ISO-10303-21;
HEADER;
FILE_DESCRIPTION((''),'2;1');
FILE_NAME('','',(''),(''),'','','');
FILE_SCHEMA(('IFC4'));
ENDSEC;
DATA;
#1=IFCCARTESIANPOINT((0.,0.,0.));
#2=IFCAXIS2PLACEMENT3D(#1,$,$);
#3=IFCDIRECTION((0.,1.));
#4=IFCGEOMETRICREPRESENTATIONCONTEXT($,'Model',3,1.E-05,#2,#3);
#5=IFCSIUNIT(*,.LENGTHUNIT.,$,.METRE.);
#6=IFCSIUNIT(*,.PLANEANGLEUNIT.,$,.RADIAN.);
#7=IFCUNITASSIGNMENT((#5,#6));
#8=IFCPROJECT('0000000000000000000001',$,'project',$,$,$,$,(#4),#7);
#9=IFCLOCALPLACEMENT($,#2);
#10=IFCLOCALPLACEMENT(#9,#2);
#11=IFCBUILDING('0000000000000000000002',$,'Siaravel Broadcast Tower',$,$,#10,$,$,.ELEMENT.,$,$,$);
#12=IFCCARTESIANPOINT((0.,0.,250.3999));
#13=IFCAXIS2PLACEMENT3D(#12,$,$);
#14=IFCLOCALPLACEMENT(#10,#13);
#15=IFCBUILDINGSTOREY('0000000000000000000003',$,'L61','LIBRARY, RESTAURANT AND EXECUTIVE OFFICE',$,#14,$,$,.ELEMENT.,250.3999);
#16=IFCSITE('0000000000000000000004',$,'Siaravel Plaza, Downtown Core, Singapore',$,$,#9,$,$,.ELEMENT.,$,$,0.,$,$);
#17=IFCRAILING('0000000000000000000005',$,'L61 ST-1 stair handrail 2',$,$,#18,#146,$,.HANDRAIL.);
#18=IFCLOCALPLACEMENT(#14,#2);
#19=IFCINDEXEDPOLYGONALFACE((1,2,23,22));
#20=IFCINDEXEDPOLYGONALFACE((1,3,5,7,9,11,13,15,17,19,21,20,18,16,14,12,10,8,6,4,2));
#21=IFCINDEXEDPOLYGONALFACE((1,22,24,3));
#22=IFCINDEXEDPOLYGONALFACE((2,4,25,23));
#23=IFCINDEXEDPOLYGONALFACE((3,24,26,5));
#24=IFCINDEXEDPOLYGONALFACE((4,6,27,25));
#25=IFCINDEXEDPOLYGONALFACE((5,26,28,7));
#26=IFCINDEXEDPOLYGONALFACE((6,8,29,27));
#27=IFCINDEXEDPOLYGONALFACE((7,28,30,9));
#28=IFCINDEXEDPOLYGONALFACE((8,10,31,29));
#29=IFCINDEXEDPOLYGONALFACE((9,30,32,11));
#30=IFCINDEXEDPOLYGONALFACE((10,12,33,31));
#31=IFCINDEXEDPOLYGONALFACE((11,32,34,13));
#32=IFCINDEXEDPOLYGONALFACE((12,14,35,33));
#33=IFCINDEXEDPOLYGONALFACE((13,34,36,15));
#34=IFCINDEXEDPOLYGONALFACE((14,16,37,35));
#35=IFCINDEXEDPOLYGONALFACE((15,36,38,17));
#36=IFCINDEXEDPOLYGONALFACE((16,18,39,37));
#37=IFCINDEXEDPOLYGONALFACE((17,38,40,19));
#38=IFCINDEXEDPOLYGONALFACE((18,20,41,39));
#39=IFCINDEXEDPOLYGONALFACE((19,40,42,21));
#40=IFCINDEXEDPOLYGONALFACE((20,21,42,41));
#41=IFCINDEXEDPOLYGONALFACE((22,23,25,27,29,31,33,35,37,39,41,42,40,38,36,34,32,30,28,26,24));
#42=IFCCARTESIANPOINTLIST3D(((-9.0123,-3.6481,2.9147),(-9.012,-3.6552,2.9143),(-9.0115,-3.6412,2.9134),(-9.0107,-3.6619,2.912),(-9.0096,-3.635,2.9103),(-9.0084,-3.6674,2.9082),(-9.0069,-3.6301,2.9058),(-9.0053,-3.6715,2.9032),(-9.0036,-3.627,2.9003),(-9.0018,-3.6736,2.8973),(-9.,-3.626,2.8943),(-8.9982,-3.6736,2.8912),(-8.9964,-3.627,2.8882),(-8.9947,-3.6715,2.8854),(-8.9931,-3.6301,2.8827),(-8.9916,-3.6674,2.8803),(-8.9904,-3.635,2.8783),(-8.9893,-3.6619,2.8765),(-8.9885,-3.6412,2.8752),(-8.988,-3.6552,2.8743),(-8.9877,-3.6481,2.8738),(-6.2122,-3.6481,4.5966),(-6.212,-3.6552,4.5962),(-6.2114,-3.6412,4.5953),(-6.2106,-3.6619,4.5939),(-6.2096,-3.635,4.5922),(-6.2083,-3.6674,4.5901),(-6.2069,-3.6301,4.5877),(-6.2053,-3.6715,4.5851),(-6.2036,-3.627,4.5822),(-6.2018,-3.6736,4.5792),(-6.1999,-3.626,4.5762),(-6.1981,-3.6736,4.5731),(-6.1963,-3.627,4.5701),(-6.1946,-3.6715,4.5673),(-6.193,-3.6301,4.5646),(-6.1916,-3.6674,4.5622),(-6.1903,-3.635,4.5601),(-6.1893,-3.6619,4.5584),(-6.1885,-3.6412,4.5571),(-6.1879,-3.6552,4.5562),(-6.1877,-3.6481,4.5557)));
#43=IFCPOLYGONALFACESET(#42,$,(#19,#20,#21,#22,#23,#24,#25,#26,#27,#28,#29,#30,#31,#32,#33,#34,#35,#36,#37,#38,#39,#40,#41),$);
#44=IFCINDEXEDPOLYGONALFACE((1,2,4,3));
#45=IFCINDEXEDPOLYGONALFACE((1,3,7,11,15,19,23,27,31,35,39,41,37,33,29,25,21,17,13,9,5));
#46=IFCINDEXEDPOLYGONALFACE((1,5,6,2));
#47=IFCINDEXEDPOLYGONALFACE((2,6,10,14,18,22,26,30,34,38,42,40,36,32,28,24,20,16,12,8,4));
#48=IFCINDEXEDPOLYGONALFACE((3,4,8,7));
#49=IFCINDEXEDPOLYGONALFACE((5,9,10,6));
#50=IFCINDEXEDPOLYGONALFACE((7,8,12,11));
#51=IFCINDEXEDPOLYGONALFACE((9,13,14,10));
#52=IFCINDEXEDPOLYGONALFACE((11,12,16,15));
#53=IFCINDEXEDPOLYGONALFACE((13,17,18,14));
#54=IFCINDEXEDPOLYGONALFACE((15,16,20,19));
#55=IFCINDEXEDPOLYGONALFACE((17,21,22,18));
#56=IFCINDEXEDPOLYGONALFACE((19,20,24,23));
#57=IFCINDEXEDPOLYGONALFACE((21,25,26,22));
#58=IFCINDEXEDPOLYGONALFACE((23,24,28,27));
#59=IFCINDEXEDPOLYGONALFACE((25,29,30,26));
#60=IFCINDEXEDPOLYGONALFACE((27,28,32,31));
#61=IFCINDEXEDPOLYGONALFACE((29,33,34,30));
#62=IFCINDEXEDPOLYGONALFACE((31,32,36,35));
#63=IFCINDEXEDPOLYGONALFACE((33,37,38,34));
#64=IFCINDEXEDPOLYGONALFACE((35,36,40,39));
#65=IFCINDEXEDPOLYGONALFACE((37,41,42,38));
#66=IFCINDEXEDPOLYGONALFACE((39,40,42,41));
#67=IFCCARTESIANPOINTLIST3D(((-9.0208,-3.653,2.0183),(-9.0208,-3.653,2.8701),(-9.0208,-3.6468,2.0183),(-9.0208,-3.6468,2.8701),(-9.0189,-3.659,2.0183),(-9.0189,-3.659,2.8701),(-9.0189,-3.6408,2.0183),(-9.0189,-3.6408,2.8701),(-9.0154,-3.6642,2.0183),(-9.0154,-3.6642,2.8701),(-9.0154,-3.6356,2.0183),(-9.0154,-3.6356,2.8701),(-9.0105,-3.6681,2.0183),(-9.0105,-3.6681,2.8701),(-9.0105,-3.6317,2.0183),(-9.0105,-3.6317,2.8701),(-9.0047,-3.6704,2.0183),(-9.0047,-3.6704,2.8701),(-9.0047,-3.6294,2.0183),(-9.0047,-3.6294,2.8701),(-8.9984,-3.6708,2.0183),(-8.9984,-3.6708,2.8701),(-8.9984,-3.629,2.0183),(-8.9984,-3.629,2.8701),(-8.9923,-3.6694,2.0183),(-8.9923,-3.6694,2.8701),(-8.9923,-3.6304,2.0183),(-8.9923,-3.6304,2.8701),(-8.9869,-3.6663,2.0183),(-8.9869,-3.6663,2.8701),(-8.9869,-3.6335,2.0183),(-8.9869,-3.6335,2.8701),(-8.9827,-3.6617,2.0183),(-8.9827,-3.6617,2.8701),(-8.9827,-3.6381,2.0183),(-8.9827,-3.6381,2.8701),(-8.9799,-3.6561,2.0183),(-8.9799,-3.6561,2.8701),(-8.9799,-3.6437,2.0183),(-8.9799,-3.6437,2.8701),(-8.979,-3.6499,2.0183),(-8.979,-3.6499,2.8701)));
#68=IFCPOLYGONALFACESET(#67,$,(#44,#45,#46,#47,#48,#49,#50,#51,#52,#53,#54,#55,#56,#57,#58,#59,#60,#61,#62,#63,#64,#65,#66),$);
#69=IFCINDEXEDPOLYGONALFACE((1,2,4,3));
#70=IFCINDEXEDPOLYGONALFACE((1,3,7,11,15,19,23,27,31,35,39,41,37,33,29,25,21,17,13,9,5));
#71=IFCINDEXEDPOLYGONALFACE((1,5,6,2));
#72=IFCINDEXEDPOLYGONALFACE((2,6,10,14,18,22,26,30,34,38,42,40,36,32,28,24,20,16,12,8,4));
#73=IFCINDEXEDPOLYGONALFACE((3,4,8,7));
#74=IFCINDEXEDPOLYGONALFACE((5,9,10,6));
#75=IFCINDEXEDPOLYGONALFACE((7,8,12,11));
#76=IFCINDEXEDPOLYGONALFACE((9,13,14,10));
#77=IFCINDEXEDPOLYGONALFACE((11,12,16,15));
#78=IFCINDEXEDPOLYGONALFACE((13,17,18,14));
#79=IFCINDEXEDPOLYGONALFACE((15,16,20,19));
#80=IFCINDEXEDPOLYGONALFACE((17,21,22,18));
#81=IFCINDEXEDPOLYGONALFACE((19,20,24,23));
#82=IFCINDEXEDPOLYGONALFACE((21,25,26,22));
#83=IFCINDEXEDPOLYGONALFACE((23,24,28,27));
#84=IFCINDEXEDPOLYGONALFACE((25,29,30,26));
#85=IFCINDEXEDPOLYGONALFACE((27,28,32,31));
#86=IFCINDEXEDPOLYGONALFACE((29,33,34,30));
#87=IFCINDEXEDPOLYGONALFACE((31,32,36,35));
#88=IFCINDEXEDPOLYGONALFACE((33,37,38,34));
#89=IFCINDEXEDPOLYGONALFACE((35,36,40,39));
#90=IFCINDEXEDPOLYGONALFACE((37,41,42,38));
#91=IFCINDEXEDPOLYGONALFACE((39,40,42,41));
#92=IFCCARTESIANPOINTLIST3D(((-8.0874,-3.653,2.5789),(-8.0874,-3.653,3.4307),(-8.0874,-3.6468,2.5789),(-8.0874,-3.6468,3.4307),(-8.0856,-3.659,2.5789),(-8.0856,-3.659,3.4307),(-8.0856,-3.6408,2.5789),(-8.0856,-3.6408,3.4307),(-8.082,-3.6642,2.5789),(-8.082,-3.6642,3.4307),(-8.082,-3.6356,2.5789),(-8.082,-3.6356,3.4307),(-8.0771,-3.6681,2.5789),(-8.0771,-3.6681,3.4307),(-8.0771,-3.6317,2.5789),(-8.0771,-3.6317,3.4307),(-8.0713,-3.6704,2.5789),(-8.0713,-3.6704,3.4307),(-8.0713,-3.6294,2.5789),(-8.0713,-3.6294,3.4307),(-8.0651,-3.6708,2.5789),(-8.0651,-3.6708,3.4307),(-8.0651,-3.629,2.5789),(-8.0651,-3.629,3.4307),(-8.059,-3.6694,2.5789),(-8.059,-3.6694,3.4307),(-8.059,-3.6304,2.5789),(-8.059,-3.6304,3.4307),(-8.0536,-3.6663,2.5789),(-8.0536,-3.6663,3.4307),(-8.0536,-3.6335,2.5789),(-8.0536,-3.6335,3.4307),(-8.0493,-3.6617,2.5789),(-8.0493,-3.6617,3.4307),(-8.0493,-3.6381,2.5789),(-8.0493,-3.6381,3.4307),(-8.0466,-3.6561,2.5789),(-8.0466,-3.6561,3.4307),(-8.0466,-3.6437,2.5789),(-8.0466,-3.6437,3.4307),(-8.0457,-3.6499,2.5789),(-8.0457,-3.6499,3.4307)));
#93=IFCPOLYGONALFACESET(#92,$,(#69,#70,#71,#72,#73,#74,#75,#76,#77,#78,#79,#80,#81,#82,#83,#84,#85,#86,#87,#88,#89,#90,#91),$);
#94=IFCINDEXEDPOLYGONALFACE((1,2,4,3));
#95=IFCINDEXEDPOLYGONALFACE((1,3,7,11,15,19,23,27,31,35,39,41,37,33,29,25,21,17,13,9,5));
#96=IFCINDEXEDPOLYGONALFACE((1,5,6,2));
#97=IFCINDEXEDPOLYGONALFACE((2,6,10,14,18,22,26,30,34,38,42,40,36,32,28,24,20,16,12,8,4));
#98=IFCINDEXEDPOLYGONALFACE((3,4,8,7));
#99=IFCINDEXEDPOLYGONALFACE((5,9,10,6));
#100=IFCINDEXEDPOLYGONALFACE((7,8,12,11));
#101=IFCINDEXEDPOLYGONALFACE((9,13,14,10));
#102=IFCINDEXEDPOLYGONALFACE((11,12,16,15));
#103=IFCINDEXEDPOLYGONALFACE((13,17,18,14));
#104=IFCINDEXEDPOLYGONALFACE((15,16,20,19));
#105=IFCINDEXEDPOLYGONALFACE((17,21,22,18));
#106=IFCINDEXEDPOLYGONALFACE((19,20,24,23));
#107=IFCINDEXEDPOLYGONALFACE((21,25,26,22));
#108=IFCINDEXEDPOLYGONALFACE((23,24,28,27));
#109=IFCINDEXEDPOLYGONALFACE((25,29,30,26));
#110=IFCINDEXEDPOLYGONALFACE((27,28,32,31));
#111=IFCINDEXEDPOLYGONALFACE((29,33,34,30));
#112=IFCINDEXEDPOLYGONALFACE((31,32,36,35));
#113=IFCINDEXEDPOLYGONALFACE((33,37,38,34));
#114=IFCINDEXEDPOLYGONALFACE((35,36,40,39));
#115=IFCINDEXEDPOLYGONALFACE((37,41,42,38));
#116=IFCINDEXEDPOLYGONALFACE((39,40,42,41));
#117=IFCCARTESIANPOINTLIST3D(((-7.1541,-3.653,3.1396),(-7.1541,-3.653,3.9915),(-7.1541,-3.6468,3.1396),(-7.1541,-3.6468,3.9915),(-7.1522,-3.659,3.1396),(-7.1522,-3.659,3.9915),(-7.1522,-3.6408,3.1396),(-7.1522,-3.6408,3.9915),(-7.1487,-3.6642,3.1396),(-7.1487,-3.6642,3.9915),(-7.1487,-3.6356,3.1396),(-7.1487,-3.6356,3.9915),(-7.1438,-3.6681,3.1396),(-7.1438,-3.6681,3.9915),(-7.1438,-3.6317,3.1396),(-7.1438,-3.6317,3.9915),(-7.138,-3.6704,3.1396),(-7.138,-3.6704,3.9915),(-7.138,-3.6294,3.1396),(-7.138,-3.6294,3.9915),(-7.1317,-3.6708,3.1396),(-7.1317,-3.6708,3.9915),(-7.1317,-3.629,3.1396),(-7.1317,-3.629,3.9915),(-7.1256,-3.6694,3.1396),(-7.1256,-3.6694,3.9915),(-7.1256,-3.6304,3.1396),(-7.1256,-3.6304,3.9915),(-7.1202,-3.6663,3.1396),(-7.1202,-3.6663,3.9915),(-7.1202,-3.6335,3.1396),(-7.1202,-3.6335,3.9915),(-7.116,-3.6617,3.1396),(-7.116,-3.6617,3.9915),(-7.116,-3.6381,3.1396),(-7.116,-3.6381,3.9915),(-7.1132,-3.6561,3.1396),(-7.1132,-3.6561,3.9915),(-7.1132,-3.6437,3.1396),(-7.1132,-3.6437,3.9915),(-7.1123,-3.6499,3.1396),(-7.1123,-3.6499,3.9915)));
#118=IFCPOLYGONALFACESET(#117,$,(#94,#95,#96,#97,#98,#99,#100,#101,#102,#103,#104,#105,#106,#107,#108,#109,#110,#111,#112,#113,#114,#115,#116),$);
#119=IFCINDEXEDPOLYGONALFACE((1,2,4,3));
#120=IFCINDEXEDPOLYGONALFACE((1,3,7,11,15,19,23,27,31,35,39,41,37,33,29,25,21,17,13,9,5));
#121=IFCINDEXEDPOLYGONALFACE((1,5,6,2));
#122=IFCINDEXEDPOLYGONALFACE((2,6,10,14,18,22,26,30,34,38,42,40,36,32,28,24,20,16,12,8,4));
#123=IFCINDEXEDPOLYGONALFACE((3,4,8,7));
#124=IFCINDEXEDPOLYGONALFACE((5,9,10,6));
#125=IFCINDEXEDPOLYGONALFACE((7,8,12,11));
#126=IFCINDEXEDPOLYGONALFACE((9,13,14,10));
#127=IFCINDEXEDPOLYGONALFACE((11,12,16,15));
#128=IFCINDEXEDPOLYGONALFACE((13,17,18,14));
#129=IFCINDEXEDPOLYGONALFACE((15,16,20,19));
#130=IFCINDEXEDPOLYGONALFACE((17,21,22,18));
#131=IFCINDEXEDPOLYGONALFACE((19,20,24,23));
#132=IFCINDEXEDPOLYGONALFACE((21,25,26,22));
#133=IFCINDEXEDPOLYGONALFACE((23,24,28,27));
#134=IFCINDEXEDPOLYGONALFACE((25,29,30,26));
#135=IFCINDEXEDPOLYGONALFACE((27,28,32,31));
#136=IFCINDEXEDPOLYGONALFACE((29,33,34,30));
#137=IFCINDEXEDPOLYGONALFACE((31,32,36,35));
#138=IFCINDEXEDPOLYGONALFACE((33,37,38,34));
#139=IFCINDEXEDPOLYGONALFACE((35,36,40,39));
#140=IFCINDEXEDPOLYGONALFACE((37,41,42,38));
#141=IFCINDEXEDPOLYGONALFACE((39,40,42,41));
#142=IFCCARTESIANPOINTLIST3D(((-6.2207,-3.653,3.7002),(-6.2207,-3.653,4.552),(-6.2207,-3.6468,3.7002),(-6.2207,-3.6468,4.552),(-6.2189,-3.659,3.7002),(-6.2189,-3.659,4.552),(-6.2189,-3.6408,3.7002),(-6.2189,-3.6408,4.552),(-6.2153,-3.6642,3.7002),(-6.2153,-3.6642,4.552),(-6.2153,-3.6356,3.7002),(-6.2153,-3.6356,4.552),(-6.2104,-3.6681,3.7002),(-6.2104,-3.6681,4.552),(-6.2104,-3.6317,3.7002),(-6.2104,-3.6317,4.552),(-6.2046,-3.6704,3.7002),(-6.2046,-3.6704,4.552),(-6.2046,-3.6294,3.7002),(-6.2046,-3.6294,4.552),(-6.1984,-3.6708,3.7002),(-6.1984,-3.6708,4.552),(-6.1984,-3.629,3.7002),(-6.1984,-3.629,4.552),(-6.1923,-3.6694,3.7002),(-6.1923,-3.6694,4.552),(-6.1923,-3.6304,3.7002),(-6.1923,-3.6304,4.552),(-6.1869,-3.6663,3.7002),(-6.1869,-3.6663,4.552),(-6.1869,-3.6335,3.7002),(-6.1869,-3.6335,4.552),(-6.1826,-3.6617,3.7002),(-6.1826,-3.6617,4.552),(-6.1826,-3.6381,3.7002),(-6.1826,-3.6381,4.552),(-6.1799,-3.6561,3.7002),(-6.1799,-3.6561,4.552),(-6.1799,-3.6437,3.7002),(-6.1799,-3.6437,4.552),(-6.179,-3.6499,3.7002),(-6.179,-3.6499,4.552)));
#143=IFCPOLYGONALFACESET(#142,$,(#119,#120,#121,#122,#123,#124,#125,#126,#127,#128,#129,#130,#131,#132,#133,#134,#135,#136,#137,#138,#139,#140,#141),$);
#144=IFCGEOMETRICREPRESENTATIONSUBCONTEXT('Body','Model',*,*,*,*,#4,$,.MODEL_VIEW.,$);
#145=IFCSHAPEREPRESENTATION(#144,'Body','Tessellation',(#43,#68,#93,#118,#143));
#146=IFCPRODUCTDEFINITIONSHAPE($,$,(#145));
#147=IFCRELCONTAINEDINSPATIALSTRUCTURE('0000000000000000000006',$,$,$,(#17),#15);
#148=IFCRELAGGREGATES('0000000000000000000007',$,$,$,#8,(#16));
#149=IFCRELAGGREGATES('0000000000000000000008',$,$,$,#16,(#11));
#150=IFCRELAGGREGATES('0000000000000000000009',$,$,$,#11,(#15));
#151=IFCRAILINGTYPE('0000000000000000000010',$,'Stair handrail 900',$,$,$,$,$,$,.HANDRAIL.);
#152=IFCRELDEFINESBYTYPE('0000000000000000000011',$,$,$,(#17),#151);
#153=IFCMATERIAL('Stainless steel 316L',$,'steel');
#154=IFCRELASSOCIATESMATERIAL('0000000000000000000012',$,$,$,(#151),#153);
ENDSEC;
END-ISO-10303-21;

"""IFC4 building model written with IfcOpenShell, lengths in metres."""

from ifc_helpers import new_model, si_unit, direction, frame, origin, origin_2d, place, context, subcontext, project, spatial, circle, extrude, material, type_object, element, save


model = new_model("IFC4")

# Units and contexts
model_context = context("Model", 3, precision=1e-05, world=origin(), true_north=direction((0.0, 1.0)))
body_context = subcontext(model_context, "Body", "Model", "MODEL_VIEW")
ifc_project = project(units=[si_unit("LENGTHUNIT", "METRE"), si_unit("PLANEANGLEUNIT", "RADIAN")], contexts=[model_context])

# Site, building, storey
site_placement = place(None, origin())
site = spatial("IfcSite", under=ifc_project, at=site_placement, Name="Siaravel Plaza, Downtown Core, Singapore", CompositionType="ELEMENT", RefElevation=0.0)
building_placement = place(site_placement, origin())
building = spatial("IfcBuilding", under=site, at=building_placement, Name="Siaravel Broadcast Tower", CompositionType="ELEMENT")
storey_placement = place(building_placement, frame((0.0, 0.0, 250.3999)))
storey = spatial("IfcBuildingStorey", under=building, at=storey_placement, Name="L61", Description="LIBRARY, RESTAURANT AND EXECUTIVE OFFICE", CompositionType="ELEMENT", Elevation=250.3999)

# Shared definitions
ifc_material_1 = material(Name="Stainless steel 316L", Category="steel")

# Railing
railing_type_1 = type_object("IfcRailingType", Name="Stair handrail 900", PredefinedType="HANDRAIL", material=ifc_material_1)
railing_1_placement = place(storey_placement, frame((-9.0, -3.6499, 2.0183)))
element("IfcRailing", 1, at=railing_1_placement, inside=storey, type_object=railing_type_1, Name="L61 ST-1 stair handrail 2", PredefinedType="HANDRAIL", context=body_context, shape_type="SweptSolid", body=[
    extrude(circle(Radius=0.0239, at=origin_2d()), frame((0.0, 0.0, 0.876), z_axis=(0.857242, 0.0, 0.514913), x_axis=(0.0, 1.0, 0.0)), (0.0, 0.0, 1.0), 3.2664),
    extrude(circle(Radius=0.021, at=origin_2d()), origin(), (0.0, 0.0, 1.0), 0.8518),
    extrude(circle(Radius=0.021, at=origin_2d()), frame((0.9333, 0.0, 0.5605)), (0.0, 0.0, 1.0), 0.8518),
    extrude(circle(Radius=0.021, at=origin_2d()), frame((1.8667, 0.0, 1.1213)), (0.0, 0.0, 1.0), 0.8518),
    extrude(circle(Radius=0.021, at=origin_2d()), frame((2.8, 0.0, 1.6819)), (0.0, 0.0, 1.0), 0.8518),
])

save(model, "model.ifc")
